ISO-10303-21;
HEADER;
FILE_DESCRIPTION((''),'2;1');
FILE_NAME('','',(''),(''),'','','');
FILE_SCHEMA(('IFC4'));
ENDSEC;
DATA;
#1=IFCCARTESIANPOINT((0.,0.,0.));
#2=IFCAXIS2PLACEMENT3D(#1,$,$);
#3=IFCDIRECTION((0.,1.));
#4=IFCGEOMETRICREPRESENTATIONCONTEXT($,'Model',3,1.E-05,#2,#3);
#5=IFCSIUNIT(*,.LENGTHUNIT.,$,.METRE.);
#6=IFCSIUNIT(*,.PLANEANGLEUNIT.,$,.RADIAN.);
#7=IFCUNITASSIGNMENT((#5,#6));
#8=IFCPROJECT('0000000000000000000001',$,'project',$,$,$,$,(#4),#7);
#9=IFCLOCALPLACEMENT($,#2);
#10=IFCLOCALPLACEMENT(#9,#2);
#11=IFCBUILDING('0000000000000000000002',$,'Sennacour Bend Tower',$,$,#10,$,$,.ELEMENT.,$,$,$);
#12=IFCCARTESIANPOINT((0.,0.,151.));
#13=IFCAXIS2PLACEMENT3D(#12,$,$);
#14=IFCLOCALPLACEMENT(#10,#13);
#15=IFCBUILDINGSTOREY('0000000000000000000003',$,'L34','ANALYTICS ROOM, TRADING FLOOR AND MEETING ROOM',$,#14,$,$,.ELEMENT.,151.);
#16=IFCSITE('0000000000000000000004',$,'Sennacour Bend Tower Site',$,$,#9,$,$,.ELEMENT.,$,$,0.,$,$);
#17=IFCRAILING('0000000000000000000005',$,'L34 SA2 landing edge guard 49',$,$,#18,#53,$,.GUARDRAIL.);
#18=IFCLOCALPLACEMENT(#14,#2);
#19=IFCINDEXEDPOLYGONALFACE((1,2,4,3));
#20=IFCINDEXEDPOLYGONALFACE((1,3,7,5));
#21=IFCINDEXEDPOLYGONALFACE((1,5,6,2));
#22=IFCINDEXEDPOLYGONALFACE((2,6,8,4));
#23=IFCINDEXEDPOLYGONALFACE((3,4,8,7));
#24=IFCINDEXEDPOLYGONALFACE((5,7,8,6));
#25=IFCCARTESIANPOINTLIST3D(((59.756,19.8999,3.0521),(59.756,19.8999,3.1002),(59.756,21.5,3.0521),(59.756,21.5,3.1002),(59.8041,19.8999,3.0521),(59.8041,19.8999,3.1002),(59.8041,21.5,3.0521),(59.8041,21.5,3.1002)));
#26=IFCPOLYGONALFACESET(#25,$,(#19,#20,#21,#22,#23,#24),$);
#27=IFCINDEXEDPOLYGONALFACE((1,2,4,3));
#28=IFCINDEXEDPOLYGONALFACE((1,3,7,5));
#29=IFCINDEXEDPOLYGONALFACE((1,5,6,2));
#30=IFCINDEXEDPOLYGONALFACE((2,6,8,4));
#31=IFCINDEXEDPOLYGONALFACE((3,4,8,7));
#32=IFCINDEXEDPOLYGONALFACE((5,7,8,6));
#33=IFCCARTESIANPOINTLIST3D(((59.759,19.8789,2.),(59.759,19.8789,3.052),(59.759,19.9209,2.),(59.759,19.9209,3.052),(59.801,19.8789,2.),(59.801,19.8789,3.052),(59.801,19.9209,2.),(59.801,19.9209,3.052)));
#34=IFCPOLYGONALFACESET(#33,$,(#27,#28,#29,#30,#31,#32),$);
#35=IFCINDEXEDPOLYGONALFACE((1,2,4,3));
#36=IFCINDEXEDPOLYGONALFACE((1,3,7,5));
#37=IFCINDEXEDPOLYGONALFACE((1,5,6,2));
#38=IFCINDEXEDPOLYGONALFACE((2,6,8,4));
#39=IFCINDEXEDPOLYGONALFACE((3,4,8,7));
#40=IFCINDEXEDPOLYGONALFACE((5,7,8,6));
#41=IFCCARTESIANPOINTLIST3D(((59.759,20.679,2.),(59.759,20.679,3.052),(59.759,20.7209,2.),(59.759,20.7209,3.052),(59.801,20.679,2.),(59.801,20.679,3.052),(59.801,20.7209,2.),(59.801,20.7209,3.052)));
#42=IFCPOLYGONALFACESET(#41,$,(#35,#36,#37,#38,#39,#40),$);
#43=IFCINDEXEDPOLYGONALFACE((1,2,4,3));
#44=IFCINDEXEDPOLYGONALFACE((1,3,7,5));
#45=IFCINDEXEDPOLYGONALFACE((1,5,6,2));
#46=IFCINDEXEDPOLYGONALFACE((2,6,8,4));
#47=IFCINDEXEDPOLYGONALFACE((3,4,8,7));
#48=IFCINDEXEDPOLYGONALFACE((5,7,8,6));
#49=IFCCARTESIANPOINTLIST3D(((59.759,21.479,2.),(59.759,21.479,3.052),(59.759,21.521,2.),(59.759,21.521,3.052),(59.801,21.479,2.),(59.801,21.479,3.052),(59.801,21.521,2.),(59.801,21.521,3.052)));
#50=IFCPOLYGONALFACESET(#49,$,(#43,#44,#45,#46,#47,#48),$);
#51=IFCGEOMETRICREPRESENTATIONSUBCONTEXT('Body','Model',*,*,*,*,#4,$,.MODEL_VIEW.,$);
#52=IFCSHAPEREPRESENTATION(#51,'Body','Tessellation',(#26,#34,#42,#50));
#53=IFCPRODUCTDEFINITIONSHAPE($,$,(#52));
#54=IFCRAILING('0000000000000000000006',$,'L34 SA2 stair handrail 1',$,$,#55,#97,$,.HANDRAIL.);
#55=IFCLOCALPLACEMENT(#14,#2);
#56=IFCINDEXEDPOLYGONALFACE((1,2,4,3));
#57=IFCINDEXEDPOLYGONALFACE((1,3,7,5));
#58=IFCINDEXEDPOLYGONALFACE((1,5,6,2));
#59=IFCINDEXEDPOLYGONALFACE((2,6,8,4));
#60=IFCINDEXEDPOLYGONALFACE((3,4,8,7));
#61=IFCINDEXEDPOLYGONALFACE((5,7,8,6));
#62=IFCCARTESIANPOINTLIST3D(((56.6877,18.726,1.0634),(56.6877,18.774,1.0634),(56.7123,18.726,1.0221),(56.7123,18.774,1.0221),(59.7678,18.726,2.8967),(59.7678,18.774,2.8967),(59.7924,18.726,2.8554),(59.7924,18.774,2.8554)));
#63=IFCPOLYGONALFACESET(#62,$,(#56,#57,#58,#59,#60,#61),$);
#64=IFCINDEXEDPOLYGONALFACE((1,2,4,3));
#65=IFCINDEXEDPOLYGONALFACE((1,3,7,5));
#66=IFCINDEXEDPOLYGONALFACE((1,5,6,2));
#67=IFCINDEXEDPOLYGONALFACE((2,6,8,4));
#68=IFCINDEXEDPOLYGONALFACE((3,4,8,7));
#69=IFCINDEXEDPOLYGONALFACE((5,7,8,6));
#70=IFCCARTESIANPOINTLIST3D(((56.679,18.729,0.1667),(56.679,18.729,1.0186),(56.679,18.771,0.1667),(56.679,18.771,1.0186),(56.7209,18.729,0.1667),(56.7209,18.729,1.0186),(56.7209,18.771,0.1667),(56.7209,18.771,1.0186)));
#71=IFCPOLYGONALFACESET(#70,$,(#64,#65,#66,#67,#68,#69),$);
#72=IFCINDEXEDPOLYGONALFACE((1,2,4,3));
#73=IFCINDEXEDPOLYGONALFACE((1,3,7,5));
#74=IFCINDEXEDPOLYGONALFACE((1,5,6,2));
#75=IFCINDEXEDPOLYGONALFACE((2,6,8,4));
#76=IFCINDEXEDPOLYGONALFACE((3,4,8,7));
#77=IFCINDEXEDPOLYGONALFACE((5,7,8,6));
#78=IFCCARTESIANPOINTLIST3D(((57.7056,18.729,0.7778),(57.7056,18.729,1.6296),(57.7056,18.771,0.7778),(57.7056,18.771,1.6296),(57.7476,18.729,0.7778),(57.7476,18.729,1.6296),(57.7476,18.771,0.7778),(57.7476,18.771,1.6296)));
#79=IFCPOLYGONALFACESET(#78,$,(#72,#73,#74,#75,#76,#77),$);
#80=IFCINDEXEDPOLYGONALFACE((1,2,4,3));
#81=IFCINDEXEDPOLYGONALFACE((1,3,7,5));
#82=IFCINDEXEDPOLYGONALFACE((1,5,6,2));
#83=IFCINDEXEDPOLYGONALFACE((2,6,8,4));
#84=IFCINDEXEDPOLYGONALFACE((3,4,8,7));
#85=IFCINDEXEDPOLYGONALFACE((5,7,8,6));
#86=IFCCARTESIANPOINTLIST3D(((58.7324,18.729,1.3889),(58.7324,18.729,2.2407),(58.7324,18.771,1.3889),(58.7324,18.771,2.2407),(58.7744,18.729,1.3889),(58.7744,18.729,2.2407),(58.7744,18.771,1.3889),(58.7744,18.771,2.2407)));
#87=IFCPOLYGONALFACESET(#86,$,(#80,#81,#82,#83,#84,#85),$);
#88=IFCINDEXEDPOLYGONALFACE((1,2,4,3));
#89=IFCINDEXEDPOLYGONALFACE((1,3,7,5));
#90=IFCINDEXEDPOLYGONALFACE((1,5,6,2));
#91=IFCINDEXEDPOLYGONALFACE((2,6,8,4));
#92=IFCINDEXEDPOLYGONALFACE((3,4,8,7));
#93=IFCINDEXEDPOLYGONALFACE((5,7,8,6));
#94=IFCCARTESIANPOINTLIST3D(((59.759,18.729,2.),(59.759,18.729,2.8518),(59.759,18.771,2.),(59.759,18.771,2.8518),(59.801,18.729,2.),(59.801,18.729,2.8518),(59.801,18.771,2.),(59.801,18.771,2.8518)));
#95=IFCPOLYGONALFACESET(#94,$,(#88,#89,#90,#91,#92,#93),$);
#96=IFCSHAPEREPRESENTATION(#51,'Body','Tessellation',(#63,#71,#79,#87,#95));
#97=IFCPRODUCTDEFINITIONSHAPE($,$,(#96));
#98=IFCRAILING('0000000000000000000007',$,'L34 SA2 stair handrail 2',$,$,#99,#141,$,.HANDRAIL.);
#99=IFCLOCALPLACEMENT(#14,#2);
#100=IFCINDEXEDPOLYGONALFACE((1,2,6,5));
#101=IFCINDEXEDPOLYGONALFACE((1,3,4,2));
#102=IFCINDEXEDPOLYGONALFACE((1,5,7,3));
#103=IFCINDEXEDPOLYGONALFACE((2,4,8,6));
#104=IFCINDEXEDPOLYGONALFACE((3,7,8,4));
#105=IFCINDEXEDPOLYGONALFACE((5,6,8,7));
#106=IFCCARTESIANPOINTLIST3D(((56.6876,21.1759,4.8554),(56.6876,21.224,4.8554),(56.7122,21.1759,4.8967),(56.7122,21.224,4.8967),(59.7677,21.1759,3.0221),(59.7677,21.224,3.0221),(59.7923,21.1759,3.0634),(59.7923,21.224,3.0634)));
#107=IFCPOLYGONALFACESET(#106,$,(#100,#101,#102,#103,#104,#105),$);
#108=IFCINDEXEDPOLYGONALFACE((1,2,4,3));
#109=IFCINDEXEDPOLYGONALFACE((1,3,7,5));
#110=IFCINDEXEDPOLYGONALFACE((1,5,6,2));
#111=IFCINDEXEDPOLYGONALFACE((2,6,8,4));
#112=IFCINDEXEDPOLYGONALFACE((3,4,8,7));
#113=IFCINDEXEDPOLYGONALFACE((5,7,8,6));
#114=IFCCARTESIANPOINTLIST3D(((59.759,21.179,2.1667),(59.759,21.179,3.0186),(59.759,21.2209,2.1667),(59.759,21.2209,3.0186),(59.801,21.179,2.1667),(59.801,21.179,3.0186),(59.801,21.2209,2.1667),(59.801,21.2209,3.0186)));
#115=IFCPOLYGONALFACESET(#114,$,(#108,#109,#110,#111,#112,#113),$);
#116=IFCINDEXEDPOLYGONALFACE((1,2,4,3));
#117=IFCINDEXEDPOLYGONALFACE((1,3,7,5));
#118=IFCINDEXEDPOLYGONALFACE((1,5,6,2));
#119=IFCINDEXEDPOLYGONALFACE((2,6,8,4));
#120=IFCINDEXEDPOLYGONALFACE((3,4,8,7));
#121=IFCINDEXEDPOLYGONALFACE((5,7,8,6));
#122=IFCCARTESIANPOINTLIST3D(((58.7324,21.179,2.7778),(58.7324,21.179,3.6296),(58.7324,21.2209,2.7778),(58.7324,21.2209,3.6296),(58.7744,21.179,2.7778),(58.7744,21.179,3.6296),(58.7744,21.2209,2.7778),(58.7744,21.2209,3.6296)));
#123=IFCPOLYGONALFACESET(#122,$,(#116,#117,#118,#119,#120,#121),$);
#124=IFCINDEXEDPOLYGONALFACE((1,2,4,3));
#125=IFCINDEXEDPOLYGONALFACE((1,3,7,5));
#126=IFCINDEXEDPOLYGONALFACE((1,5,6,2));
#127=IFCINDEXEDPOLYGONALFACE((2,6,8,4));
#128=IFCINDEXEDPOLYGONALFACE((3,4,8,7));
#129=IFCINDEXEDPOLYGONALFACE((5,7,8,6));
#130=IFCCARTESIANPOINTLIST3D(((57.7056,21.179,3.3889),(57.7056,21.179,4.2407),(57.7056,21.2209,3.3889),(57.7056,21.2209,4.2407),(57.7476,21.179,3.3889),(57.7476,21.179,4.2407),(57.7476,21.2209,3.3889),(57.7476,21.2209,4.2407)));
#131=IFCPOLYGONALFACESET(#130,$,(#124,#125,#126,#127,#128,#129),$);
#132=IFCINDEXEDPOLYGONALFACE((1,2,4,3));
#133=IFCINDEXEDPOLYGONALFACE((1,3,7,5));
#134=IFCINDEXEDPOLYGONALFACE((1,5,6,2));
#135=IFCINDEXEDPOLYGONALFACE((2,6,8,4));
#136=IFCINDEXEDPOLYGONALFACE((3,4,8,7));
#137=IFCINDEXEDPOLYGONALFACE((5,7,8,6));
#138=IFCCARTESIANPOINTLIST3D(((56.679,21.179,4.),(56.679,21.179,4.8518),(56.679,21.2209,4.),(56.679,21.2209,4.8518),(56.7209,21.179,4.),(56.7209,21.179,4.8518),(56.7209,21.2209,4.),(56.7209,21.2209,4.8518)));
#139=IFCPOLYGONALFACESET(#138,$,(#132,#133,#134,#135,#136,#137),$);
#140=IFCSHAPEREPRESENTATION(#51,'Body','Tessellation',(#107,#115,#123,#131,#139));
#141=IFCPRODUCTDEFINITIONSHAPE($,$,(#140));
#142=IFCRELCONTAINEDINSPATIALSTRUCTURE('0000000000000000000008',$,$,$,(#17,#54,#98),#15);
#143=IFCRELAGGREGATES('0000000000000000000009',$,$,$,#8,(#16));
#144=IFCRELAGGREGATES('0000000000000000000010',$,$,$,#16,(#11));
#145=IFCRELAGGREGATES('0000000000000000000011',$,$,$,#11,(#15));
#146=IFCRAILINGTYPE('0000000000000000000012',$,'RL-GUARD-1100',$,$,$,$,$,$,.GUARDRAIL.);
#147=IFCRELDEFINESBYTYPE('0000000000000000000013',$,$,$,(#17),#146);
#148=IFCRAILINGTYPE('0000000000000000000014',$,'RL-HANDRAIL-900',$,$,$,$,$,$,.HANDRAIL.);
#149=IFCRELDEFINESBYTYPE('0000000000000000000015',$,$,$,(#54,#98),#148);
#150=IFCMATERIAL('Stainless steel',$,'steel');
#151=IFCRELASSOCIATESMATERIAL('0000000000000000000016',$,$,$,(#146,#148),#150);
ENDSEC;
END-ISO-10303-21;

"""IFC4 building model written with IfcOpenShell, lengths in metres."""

from ifc_helpers import new_model, si_unit, direction, frame, origin, origin_2d, place, context, subcontext, project, spatial, rectangle, extrude, material, type_object, element, save


model = new_model("IFC4")

# Units and contexts
model_context = context("Model", 3, precision=1e-05, world=origin(), true_north=direction((0.0, 1.0)))
body_context = subcontext(model_context, "Body", "Model", "MODEL_VIEW")
ifc_project = project(units=[si_unit("LENGTHUNIT", "METRE"), si_unit("PLANEANGLEUNIT", "RADIAN")], contexts=[model_context])

# Site, building, storey
site_placement = place(None, origin())
site = spatial("IfcSite", under=ifc_project, at=site_placement, Name="Sennacour Bend Tower Site", CompositionType="ELEMENT", RefElevation=0.0)
building_placement = place(site_placement, origin())
building = spatial("IfcBuilding", under=site, at=building_placement, Name="Sennacour Bend Tower", CompositionType="ELEMENT")
storey_placement = place(building_placement, frame((0.0, 0.0, 151.0)))
storey = spatial("IfcBuildingStorey", under=building, at=storey_placement, Name="L34", Description="ANALYTICS ROOM, TRADING FLOOR AND MEETING ROOM", CompositionType="ELEMENT", Elevation=151.0)

# Shared definitions
ifc_material_1 = material(Name="Stainless steel", Category="steel")

# Railings
railing_type_1 = type_object("IfcRailingType", Name="RL-GUARD-1100", PredefinedType="GUARDRAIL", material=ifc_material_1)
railing_1_placement = place(storey_placement, frame((59.78, 19.8999, 2.0)))
element("IfcRailing", 1, at=railing_1_placement, inside=storey, type_object=railing_type_1, Name="L34 SA2 landing edge guard 49", PredefinedType="GUARDRAIL", context=body_context, shape_type="SweptSolid", body=[
    extrude(rectangle(XDim=0.0481, YDim=0.0481, at=origin_2d()), frame((0.0, 0.0, 1.0762), z_axis=(0.0, 1.0, 0.0), x_axis=(-1.0, 0.0, 0.0)), (0.0, 0.0, 1.0), 1.6001),
    extrude(rectangle(XDim=0.042, YDim=0.042, at=origin_2d()), origin(), (0.0, 0.0, 1.0), 1.052),
    extrude(rectangle(XDim=0.042, YDim=0.042, at=origin_2d()), frame((0.0, 0.8, 0.0)), (0.0, 0.0, 1.0), 1.052),
    extrude(rectangle(XDim=0.042, YDim=0.042, at=origin_2d()), frame((0.0, 1.6001, 0.0)), (0.0, 0.0, 1.0), 1.052),
])
railing_type_2 = type_object("IfcRailingType", Name="RL-HANDRAIL-900", PredefinedType="HANDRAIL", material=ifc_material_1)
railing_2_placement = place(storey_placement, frame((56.7, 18.75, 0.1667)))
element("IfcRailing", 2, at=railing_2_placement, inside=storey, type_object=railing_type_2, Name="L34 SA2 stair handrail 1", PredefinedType="HANDRAIL", context=body_context, shape_type="SweptSolid", body=[
    extrude(rectangle(XDim=0.0481, YDim=0.0481, at=origin_2d()), frame((0.0, 0.0, 0.876), z_axis=(0.859309, 0.0, 0.511458), x_axis=(0.0, 1.0, 0.0)), (0.0, 0.0, 1.0), 3.5845),
    extrude(rectangle(XDim=0.042, YDim=0.042, at=origin_2d()), origin(), (0.0, 0.0, 1.0), 0.8518),
    extrude(rectangle(XDim=0.042, YDim=0.042, at=origin_2d()), frame((1.0266, 0.0, 0.6111)), (0.0, 0.0, 1.0), 0.8518),
    extrude(rectangle(XDim=0.042, YDim=0.042, at=origin_2d()), frame((2.0535, 0.0, 1.2222)), (0.0, 0.0, 1.0), 0.8518),
    extrude(rectangle(XDim=0.042, YDim=0.042, at=origin_2d()), frame((3.0801, 0.0, 1.8333)), (0.0, 0.0, 1.0), 0.8518),
])
railing_3_placement = place(storey_placement, frame((59.78, 21.2, 2.1667)))
element("IfcRailing", 3, at=railing_3_placement, inside=storey, type_object=railing_type_2, Name="L34 SA2 stair handrail 2", PredefinedType="HANDRAIL", context=body_context, shape_type="SweptSolid", body=[
    extrude(rectangle(XDim=0.0481, YDim=0.0481, at=origin_2d()), frame((0.0, 0.0, 0.876), z_axis=(-0.859309, 0.0, 0.511458), x_axis=(0.0, -1.0, 0.0)), (0.0, 0.0, 1.0), 3.5845),
    extrude(rectangle(XDim=0.042, YDim=0.042, at=origin_2d()), origin(), (0.0, 0.0, 1.0), 0.8518),
    extrude(rectangle(XDim=0.042, YDim=0.042, at=origin_2d()), frame((-1.0266, 0.0, 0.6111)), (0.0, 0.0, 1.0), 0.8518),
    extrude(rectangle(XDim=0.042, YDim=0.042, at=origin_2d()), frame((-2.0535, 0.0, 1.2222)), (0.0, 0.0, 1.0), 0.8518),
    extrude(rectangle(XDim=0.042, YDim=0.042, at=origin_2d()), frame((-3.0801, 0.0, 1.8333)), (0.0, 0.0, 1.0), 0.8518),
])

save(model, "model.ifc")
